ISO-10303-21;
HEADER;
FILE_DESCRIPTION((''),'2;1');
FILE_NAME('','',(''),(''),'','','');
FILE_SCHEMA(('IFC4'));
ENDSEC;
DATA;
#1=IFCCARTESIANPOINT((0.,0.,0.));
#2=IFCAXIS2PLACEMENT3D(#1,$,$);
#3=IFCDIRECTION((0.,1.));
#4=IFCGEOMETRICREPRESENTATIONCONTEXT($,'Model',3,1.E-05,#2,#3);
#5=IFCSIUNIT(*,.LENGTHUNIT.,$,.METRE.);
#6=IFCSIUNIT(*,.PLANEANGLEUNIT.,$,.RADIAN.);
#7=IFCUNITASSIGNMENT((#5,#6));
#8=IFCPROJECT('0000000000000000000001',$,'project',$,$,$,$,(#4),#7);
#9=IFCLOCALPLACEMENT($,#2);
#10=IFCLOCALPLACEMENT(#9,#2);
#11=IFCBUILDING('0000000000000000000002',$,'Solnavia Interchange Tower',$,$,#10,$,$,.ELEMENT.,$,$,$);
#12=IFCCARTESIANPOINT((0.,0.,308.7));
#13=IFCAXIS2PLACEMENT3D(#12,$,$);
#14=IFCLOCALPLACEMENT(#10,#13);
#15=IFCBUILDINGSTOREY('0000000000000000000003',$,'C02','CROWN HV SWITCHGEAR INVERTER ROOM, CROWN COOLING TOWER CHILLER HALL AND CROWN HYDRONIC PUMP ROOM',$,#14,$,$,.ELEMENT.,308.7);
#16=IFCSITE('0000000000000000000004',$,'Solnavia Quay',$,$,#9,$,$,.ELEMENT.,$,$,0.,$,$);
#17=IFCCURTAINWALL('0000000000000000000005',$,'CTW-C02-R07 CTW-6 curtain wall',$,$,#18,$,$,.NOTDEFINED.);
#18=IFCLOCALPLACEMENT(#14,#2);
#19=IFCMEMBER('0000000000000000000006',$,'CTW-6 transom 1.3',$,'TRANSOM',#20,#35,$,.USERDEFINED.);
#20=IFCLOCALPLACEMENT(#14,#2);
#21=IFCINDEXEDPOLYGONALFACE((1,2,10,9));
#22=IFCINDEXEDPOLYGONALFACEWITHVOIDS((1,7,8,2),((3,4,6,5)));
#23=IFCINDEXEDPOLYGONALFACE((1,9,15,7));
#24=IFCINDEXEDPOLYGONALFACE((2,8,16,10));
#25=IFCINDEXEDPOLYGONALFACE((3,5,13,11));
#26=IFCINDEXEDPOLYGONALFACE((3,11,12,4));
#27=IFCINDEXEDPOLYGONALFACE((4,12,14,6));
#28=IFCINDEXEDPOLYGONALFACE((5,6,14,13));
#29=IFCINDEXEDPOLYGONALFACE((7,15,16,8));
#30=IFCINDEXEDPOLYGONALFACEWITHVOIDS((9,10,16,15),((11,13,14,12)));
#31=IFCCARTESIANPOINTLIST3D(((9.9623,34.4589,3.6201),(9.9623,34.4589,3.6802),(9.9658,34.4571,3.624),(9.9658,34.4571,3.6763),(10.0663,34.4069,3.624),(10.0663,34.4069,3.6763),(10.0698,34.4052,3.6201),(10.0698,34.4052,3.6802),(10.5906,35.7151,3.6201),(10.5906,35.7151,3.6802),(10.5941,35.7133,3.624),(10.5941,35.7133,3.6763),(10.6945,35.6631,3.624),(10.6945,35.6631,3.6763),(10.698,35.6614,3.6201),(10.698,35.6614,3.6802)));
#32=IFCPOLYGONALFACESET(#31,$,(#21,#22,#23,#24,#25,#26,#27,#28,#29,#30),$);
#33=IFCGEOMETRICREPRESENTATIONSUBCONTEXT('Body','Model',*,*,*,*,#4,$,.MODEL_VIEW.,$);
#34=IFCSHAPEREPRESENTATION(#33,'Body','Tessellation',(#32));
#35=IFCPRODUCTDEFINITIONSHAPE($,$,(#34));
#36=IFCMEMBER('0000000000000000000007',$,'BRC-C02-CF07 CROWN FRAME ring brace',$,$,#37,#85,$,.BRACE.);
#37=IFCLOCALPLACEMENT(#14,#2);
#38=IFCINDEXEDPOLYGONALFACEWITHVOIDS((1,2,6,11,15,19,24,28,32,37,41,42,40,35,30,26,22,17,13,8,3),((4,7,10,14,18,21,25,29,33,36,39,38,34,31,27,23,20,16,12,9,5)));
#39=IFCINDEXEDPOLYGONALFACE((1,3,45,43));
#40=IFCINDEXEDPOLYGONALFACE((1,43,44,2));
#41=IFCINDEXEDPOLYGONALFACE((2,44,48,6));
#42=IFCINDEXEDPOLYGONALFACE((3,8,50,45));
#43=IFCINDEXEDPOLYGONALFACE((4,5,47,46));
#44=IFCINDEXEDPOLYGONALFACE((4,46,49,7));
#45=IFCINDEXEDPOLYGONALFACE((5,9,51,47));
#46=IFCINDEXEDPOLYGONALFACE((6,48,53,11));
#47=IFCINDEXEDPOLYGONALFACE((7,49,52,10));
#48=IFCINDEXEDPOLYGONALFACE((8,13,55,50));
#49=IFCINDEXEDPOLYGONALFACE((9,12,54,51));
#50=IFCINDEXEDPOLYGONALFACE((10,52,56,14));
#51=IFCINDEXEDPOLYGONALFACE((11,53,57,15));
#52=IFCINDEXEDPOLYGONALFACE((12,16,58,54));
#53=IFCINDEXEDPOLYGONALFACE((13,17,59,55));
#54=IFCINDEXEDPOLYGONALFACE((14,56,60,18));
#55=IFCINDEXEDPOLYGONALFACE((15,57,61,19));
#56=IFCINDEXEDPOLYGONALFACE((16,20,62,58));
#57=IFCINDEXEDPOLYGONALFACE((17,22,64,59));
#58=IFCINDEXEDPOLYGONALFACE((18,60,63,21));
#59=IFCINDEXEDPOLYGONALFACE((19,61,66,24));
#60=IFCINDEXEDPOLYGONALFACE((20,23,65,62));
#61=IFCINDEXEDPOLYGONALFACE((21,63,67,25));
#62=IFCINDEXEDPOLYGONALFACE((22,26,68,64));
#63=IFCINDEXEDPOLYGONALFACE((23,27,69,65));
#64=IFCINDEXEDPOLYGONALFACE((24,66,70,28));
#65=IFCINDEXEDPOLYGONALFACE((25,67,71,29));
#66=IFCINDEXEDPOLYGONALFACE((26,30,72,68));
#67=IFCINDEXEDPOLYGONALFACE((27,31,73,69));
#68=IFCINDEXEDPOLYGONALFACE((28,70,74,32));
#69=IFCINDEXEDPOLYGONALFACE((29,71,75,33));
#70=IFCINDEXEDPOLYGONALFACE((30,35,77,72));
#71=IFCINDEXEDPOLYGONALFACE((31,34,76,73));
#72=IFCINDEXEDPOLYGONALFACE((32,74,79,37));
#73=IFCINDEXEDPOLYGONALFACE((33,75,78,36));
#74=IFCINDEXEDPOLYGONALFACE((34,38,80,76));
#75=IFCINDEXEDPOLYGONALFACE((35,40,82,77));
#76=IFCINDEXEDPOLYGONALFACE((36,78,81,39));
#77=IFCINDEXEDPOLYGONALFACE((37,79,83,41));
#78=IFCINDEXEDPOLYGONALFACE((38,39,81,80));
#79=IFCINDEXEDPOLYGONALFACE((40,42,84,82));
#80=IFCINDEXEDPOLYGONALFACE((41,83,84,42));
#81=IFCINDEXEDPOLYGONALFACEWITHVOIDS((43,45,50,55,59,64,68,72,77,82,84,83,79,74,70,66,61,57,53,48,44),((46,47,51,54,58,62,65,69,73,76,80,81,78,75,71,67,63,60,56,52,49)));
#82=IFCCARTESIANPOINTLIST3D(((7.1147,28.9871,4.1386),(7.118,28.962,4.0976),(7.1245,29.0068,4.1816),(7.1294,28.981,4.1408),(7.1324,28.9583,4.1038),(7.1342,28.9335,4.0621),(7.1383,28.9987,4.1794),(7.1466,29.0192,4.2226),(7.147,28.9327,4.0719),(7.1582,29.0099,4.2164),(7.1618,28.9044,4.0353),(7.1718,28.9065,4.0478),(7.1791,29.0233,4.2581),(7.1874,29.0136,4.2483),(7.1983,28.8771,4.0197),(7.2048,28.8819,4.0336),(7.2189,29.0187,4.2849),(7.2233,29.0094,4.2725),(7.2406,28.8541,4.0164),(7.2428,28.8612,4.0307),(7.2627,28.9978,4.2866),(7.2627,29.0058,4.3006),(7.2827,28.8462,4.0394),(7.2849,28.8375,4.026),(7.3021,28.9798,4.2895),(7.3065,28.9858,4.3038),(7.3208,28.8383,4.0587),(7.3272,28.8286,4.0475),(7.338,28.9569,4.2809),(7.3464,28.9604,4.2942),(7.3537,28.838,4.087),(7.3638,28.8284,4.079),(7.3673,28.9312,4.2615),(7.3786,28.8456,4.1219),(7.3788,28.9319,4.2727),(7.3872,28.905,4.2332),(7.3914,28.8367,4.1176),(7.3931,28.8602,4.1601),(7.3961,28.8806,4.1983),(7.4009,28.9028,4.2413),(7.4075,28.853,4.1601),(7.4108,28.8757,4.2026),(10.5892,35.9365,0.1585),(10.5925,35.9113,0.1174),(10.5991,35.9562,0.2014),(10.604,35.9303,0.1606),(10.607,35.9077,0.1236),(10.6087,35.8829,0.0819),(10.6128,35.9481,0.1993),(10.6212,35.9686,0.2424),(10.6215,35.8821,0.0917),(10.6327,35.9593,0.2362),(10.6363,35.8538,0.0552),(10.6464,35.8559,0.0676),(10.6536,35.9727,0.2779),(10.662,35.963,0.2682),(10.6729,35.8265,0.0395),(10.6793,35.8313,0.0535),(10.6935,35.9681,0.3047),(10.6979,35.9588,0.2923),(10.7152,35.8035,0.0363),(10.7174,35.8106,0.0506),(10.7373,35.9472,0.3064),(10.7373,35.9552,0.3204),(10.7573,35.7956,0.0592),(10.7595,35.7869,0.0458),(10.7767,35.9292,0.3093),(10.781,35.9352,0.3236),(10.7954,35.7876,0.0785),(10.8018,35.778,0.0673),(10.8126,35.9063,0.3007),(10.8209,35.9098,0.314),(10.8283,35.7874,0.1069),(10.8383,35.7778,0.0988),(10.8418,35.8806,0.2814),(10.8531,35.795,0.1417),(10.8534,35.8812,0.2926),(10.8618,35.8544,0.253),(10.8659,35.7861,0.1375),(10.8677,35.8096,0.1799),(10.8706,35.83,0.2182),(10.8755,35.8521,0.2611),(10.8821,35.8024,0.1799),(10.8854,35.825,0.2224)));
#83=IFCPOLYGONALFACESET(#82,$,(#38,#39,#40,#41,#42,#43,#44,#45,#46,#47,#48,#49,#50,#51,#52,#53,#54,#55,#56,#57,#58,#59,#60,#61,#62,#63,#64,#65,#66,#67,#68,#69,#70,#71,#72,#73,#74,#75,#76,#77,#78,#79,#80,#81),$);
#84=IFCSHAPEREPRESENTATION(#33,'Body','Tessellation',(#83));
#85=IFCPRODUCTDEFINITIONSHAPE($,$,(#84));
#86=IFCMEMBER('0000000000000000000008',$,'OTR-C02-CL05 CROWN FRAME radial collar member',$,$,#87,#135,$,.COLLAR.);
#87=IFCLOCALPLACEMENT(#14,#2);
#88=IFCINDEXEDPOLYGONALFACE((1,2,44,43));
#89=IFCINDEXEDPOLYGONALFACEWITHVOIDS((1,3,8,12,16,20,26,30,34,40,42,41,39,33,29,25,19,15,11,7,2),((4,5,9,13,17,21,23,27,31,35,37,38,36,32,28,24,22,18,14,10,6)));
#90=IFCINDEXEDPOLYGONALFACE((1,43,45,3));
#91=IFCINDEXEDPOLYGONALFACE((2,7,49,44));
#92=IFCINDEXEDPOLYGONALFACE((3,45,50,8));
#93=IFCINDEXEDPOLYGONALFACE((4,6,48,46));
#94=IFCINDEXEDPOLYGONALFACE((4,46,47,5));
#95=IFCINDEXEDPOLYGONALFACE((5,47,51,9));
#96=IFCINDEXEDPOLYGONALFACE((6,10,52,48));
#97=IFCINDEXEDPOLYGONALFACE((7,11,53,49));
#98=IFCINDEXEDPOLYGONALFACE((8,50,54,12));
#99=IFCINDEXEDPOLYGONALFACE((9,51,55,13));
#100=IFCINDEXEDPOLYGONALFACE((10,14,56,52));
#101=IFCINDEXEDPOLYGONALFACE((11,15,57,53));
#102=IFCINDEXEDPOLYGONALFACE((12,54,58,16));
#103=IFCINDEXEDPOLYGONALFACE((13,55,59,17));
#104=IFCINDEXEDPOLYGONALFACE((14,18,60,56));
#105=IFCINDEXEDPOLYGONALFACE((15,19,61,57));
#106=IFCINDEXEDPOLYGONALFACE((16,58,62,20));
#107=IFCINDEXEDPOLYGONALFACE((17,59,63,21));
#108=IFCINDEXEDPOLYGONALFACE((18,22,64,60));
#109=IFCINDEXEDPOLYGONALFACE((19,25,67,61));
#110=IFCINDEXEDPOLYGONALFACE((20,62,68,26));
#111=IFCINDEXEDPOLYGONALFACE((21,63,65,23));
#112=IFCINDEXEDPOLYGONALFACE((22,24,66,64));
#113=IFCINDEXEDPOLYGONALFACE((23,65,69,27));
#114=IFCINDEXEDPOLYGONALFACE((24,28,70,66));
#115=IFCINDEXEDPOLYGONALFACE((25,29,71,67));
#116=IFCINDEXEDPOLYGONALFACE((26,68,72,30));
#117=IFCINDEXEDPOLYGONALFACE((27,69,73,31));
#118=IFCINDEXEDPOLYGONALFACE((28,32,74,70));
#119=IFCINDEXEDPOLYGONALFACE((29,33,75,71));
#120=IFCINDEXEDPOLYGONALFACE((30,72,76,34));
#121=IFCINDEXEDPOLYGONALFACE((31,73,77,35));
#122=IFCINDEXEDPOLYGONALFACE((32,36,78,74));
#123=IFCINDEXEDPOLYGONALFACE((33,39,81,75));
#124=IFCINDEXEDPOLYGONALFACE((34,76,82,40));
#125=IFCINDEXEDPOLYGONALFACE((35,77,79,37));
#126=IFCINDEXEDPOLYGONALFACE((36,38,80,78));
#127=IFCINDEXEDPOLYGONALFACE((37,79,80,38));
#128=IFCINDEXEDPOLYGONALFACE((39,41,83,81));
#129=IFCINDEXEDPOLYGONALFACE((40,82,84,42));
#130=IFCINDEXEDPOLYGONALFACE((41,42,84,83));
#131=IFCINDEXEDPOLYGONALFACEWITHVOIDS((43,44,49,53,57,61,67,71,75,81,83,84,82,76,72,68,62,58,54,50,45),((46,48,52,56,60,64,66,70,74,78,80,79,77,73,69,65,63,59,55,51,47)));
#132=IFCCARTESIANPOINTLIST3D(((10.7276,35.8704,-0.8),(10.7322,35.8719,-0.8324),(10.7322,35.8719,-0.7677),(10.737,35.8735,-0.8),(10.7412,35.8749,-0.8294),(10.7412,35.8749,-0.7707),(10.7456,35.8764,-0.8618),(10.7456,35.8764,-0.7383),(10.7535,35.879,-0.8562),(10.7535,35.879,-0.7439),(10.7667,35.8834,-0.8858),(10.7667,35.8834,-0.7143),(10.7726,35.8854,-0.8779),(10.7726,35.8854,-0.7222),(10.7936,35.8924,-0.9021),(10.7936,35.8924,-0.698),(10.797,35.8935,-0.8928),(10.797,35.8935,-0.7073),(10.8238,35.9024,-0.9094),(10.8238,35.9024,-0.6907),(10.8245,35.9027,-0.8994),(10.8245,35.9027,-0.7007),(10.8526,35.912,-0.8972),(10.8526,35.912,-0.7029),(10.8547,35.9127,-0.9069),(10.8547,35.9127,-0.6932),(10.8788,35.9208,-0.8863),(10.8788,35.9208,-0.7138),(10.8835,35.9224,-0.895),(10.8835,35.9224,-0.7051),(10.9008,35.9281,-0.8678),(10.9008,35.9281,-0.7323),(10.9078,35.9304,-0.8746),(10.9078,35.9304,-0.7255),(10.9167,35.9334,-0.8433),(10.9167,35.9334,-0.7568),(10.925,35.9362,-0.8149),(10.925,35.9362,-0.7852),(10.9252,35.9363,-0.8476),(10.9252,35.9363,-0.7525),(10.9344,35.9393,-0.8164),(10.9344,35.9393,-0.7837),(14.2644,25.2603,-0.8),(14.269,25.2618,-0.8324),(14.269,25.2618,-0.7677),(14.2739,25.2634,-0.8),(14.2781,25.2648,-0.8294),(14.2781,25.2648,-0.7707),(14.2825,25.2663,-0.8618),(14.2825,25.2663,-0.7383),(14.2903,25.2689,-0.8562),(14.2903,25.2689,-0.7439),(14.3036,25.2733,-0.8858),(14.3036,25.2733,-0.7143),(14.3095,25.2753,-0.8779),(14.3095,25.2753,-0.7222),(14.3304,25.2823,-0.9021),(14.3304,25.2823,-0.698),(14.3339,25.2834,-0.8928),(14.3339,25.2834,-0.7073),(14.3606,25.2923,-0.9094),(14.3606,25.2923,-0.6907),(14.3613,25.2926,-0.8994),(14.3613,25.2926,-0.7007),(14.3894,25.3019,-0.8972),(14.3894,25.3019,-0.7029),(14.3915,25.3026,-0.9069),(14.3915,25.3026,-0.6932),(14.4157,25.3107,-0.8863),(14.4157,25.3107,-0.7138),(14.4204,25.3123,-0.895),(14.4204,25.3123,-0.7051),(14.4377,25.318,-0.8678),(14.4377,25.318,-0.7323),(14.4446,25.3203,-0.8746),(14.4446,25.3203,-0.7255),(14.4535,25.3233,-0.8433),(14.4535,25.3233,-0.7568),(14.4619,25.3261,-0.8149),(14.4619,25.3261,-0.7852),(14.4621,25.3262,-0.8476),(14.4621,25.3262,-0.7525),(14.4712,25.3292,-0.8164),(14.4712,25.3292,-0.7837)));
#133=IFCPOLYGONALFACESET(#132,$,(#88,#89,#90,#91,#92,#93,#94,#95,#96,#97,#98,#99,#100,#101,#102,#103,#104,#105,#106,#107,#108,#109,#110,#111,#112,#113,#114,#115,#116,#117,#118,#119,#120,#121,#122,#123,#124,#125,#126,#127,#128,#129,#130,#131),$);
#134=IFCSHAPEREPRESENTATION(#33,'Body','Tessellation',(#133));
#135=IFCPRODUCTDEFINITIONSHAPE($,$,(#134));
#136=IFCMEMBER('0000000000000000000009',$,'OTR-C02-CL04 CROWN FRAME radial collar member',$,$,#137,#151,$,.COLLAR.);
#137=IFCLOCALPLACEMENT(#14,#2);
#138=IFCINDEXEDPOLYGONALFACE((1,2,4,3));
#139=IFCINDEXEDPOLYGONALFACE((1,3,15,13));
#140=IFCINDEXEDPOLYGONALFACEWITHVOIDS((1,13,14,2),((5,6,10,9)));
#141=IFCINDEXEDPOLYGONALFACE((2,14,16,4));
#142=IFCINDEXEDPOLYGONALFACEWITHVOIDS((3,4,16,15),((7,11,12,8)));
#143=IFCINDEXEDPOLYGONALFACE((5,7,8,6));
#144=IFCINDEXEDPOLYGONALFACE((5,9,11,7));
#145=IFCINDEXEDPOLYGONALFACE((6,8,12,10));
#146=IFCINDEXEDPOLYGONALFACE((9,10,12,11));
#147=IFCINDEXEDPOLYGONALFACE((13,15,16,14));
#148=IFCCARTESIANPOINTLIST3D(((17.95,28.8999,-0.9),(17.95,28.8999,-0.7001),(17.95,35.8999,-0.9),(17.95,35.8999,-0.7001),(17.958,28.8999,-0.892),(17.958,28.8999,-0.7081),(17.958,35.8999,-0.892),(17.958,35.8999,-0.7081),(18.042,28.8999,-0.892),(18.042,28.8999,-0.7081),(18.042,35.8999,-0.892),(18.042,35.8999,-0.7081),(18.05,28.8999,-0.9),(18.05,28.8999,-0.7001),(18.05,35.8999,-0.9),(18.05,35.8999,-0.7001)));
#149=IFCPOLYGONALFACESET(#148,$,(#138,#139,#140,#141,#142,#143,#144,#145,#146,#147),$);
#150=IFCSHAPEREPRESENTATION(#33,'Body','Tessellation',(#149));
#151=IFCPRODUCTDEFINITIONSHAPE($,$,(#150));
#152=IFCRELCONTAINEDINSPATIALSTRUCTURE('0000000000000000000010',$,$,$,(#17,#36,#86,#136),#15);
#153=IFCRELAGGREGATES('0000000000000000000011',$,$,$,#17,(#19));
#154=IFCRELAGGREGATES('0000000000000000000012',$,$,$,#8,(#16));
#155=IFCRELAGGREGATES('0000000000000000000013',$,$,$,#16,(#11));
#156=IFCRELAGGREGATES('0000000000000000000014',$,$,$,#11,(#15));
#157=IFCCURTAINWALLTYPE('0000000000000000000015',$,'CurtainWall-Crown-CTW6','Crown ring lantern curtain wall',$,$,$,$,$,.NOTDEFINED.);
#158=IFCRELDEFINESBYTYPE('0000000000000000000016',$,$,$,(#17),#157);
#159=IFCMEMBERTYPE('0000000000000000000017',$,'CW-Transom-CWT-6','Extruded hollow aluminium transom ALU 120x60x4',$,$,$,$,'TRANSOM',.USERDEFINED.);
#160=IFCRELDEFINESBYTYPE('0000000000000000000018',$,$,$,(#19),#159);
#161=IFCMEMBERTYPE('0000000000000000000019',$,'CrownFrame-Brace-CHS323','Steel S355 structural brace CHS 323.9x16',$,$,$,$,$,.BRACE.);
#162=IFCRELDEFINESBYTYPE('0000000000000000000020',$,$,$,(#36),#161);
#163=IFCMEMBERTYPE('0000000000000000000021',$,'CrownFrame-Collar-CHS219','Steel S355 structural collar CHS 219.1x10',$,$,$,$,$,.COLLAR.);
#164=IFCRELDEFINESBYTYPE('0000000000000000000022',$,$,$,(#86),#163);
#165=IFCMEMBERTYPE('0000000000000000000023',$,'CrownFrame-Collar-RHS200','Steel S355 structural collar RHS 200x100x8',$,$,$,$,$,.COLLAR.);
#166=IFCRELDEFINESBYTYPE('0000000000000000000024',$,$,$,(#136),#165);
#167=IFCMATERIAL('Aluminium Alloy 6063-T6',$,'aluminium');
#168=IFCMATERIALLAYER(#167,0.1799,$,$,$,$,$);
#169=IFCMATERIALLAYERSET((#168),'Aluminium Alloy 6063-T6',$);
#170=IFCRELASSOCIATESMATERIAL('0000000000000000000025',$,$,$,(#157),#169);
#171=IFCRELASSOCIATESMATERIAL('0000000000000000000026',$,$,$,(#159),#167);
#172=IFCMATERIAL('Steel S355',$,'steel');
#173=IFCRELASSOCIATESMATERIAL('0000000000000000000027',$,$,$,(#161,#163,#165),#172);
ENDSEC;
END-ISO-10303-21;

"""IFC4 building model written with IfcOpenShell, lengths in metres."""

from ifc_helpers import new_model, si_unit, direction, frame, origin, origin_2d, place, context, subcontext, project, spatial, hollow_rectangle, hollow_circle, extrude, material, layer, layer_set, material_profile, profile_set, type_object, element, aggregate, save


model = new_model("IFC4")

# Units and contexts
model_context = context("Model", 3, precision=1e-05, world=origin(), true_north=direction((0.0, 1.0)))
body_context = subcontext(model_context, "Body", "Model", "MODEL_VIEW")
ifc_project = project(units=[si_unit("LENGTHUNIT", "METRE"), si_unit("PLANEANGLEUNIT", "RADIAN")], contexts=[model_context])

# Site, building, storey
site_placement = place(None, origin())
site = spatial("IfcSite", under=ifc_project, at=site_placement, Name="Solnavia Quay", CompositionType="ELEMENT", RefElevation=0.0)
building_placement = place(site_placement, origin())
building = spatial("IfcBuilding", under=site, at=building_placement, Name="Solnavia Interchange Tower", CompositionType="ELEMENT")
storey_placement = place(building_placement, frame((0.0, 0.0, 308.7)))
storey = spatial("IfcBuildingStorey", under=building, at=storey_placement, Name="C02", Description="CROWN HV SWITCHGEAR INVERTER ROOM, CROWN COOLING TOWER CHILLER HALL AND CROWN HYDRONIC PUMP ROOM", CompositionType="ELEMENT", Elevation=308.7)

# Curtain wall, member
ifc_material_1 = material(Name="Aluminium Alloy 6063-T6", Category="aluminium")
ifc_layer_1 = layer(ifc_material_1, 0.1799)
ifc_layer_set_1 = layer_set([ifc_layer_1], Name="Aluminium Alloy 6063-T6")
curtain_wall_type = type_object("IfcCurtainWallType", Name="CurtainWall-Crown-CTW6", Description="Crown ring lantern curtain wall", PredefinedType="NOTDEFINED", material=ifc_layer_set_1)
curtain_wall_placement = place(storey_placement, origin())
curtain_wall = element("IfcCurtainWall", 1, at=curtain_wall_placement, inside=storey, type_object=curtain_wall_type, Name="CTW-C02-R07 CTW-6 curtain wall", PredefinedType="NOTDEFINED")
ifc_material_profile_1 = material_profile(ifc_material_1, hollow_rectangle(XDim=0.0601, YDim=0.1201, WallThickness=0.0039, at=origin_2d()), Name="ALU 120x60x4")
ifc_profile_set_1 = profile_set([ifc_material_profile_1], Name="Aluminium Alloy 6063-T6")
member_type_1 = type_object("IfcMemberType", Name="CW-Transom-CWT-6", Description="Extruded hollow aluminium transom ALU 120x60x4", ElementType="TRANSOM", PredefinedType="USERDEFINED", material=ifc_profile_set_1)
member_1_placement = place(storey_placement, frame((10.6443, 35.6882, 3.6501), z_axis=(-0.447283, -0.894392, 0.0), x_axis=(0.0, 0.0, 1.0)))
member_1 = element("IfcMember", 2, at=member_1_placement, type_object=member_type_1, Name="CTW-6 transom 1.3", ObjectType="TRANSOM", PredefinedType="USERDEFINED", context=body_context, shape_type="SweptSolid", body=[
    extrude(hollow_rectangle(XDim=0.0601, YDim=0.1201, WallThickness=0.0039, at=origin_2d()), origin(), (0.0, 0.0, 1.0), 1.4045),
])

# Members
ifc_material_2 = material(Name="Steel S355", Category="steel")
ifc_material_profile_2 = material_profile(ifc_material_2, hollow_circle(Radius=0.1619, WallThickness=0.0161, at=origin_2d()), Name="CHS 323.9x16")
ifc_profile_set_2 = profile_set([ifc_material_profile_2], Name="Steel S355")
member_type_2 = type_object("IfcMemberType", Name="CrownFrame-Brace-CHS323", Description="Steel S355 structural brace CHS 323.9x16", PredefinedType="BRACE", material=ifc_profile_set_2)
member_2_placement = place(storey_placement, frame((10.7373, 35.8748, 0.1799), z_axis=(-0.398015, -0.796058, 0.455933), x_axis=(0.894433, -0.447201, 0.0)))
element("IfcMember", 3, at=member_2_placement, inside=storey, type_object=member_type_2, Name="BRC-C02-CF07 CROWN FRAME ring brace", PredefinedType="BRACE", context=body_context, shape_type="SweptSolid", body=[
    extrude(hollow_circle(Radius=0.1619, WallThickness=0.0161, at=origin_2d()), origin(), (0.0, 0.0, 1.0), 8.7297),
])
ifc_material_profile_3 = material_profile(ifc_material_2, hollow_circle(Radius=0.1096, WallThickness=0.01, at=origin_2d()), Name="CHS 219.1x10")
ifc_profile_set_3 = profile_set([ifc_material_profile_3], Name="Steel S355")
member_type_3 = type_object("IfcMemberType", Name="CrownFrame-Collar-CHS219", Description="Steel S355 structural collar CHS 219.1x10", PredefinedType="COLLAR", material=ifc_profile_set_3)
member_3_placement = place(storey_placement, frame((14.3684, 25.2949, -0.8), z_axis=(-0.316241, 0.948679, 0.0), x_axis=(-0.948679, -0.316241, 0.0)))
element("IfcMember", 4, at=member_3_placement, inside=storey, type_object=member_type_3, Name="OTR-C02-CL05 CROWN FRAME radial collar member", PredefinedType="COLLAR", context=body_context, shape_type="SweptSolid", body=[
    extrude(hollow_circle(Radius=0.1096, WallThickness=0.01, at=origin_2d()), origin(), (0.0, 0.0, 1.0), 11.1841),
])
ifc_material_profile_4 = material_profile(ifc_material_2, hollow_rectangle(XDim=0.1001, YDim=0.2, WallThickness=0.0081, at=origin_2d()), Name="RHS 200x100x8")
ifc_profile_set_4 = profile_set([ifc_material_profile_4], Name="Steel S355")
member_type_4 = type_object("IfcMemberType", Name="CrownFrame-Collar-RHS200", Description="Steel S355 structural collar RHS 200x100x8", PredefinedType="COLLAR", material=ifc_profile_set_4)
member_4_placement = place(storey_placement, frame((18.0, 28.8999, -0.8), z_axis=(0.0, 1.0, 0.0), x_axis=(-1.0, 0.0, 0.0)))
element("IfcMember", 5, at=member_4_placement, inside=storey, type_object=member_type_4, Name="OTR-C02-CL04 CROWN FRAME radial collar member", PredefinedType="COLLAR", context=body_context, shape_type="SweptSolid", body=[
    extrude(hollow_rectangle(XDim=0.1001, YDim=0.2, WallThickness=0.0081, at=origin_2d()), origin(), (0.0, 0.0, 1.0), 7.0),
])

aggregate(curtain_wall, [member_1])

save(model, "model.ifc")
